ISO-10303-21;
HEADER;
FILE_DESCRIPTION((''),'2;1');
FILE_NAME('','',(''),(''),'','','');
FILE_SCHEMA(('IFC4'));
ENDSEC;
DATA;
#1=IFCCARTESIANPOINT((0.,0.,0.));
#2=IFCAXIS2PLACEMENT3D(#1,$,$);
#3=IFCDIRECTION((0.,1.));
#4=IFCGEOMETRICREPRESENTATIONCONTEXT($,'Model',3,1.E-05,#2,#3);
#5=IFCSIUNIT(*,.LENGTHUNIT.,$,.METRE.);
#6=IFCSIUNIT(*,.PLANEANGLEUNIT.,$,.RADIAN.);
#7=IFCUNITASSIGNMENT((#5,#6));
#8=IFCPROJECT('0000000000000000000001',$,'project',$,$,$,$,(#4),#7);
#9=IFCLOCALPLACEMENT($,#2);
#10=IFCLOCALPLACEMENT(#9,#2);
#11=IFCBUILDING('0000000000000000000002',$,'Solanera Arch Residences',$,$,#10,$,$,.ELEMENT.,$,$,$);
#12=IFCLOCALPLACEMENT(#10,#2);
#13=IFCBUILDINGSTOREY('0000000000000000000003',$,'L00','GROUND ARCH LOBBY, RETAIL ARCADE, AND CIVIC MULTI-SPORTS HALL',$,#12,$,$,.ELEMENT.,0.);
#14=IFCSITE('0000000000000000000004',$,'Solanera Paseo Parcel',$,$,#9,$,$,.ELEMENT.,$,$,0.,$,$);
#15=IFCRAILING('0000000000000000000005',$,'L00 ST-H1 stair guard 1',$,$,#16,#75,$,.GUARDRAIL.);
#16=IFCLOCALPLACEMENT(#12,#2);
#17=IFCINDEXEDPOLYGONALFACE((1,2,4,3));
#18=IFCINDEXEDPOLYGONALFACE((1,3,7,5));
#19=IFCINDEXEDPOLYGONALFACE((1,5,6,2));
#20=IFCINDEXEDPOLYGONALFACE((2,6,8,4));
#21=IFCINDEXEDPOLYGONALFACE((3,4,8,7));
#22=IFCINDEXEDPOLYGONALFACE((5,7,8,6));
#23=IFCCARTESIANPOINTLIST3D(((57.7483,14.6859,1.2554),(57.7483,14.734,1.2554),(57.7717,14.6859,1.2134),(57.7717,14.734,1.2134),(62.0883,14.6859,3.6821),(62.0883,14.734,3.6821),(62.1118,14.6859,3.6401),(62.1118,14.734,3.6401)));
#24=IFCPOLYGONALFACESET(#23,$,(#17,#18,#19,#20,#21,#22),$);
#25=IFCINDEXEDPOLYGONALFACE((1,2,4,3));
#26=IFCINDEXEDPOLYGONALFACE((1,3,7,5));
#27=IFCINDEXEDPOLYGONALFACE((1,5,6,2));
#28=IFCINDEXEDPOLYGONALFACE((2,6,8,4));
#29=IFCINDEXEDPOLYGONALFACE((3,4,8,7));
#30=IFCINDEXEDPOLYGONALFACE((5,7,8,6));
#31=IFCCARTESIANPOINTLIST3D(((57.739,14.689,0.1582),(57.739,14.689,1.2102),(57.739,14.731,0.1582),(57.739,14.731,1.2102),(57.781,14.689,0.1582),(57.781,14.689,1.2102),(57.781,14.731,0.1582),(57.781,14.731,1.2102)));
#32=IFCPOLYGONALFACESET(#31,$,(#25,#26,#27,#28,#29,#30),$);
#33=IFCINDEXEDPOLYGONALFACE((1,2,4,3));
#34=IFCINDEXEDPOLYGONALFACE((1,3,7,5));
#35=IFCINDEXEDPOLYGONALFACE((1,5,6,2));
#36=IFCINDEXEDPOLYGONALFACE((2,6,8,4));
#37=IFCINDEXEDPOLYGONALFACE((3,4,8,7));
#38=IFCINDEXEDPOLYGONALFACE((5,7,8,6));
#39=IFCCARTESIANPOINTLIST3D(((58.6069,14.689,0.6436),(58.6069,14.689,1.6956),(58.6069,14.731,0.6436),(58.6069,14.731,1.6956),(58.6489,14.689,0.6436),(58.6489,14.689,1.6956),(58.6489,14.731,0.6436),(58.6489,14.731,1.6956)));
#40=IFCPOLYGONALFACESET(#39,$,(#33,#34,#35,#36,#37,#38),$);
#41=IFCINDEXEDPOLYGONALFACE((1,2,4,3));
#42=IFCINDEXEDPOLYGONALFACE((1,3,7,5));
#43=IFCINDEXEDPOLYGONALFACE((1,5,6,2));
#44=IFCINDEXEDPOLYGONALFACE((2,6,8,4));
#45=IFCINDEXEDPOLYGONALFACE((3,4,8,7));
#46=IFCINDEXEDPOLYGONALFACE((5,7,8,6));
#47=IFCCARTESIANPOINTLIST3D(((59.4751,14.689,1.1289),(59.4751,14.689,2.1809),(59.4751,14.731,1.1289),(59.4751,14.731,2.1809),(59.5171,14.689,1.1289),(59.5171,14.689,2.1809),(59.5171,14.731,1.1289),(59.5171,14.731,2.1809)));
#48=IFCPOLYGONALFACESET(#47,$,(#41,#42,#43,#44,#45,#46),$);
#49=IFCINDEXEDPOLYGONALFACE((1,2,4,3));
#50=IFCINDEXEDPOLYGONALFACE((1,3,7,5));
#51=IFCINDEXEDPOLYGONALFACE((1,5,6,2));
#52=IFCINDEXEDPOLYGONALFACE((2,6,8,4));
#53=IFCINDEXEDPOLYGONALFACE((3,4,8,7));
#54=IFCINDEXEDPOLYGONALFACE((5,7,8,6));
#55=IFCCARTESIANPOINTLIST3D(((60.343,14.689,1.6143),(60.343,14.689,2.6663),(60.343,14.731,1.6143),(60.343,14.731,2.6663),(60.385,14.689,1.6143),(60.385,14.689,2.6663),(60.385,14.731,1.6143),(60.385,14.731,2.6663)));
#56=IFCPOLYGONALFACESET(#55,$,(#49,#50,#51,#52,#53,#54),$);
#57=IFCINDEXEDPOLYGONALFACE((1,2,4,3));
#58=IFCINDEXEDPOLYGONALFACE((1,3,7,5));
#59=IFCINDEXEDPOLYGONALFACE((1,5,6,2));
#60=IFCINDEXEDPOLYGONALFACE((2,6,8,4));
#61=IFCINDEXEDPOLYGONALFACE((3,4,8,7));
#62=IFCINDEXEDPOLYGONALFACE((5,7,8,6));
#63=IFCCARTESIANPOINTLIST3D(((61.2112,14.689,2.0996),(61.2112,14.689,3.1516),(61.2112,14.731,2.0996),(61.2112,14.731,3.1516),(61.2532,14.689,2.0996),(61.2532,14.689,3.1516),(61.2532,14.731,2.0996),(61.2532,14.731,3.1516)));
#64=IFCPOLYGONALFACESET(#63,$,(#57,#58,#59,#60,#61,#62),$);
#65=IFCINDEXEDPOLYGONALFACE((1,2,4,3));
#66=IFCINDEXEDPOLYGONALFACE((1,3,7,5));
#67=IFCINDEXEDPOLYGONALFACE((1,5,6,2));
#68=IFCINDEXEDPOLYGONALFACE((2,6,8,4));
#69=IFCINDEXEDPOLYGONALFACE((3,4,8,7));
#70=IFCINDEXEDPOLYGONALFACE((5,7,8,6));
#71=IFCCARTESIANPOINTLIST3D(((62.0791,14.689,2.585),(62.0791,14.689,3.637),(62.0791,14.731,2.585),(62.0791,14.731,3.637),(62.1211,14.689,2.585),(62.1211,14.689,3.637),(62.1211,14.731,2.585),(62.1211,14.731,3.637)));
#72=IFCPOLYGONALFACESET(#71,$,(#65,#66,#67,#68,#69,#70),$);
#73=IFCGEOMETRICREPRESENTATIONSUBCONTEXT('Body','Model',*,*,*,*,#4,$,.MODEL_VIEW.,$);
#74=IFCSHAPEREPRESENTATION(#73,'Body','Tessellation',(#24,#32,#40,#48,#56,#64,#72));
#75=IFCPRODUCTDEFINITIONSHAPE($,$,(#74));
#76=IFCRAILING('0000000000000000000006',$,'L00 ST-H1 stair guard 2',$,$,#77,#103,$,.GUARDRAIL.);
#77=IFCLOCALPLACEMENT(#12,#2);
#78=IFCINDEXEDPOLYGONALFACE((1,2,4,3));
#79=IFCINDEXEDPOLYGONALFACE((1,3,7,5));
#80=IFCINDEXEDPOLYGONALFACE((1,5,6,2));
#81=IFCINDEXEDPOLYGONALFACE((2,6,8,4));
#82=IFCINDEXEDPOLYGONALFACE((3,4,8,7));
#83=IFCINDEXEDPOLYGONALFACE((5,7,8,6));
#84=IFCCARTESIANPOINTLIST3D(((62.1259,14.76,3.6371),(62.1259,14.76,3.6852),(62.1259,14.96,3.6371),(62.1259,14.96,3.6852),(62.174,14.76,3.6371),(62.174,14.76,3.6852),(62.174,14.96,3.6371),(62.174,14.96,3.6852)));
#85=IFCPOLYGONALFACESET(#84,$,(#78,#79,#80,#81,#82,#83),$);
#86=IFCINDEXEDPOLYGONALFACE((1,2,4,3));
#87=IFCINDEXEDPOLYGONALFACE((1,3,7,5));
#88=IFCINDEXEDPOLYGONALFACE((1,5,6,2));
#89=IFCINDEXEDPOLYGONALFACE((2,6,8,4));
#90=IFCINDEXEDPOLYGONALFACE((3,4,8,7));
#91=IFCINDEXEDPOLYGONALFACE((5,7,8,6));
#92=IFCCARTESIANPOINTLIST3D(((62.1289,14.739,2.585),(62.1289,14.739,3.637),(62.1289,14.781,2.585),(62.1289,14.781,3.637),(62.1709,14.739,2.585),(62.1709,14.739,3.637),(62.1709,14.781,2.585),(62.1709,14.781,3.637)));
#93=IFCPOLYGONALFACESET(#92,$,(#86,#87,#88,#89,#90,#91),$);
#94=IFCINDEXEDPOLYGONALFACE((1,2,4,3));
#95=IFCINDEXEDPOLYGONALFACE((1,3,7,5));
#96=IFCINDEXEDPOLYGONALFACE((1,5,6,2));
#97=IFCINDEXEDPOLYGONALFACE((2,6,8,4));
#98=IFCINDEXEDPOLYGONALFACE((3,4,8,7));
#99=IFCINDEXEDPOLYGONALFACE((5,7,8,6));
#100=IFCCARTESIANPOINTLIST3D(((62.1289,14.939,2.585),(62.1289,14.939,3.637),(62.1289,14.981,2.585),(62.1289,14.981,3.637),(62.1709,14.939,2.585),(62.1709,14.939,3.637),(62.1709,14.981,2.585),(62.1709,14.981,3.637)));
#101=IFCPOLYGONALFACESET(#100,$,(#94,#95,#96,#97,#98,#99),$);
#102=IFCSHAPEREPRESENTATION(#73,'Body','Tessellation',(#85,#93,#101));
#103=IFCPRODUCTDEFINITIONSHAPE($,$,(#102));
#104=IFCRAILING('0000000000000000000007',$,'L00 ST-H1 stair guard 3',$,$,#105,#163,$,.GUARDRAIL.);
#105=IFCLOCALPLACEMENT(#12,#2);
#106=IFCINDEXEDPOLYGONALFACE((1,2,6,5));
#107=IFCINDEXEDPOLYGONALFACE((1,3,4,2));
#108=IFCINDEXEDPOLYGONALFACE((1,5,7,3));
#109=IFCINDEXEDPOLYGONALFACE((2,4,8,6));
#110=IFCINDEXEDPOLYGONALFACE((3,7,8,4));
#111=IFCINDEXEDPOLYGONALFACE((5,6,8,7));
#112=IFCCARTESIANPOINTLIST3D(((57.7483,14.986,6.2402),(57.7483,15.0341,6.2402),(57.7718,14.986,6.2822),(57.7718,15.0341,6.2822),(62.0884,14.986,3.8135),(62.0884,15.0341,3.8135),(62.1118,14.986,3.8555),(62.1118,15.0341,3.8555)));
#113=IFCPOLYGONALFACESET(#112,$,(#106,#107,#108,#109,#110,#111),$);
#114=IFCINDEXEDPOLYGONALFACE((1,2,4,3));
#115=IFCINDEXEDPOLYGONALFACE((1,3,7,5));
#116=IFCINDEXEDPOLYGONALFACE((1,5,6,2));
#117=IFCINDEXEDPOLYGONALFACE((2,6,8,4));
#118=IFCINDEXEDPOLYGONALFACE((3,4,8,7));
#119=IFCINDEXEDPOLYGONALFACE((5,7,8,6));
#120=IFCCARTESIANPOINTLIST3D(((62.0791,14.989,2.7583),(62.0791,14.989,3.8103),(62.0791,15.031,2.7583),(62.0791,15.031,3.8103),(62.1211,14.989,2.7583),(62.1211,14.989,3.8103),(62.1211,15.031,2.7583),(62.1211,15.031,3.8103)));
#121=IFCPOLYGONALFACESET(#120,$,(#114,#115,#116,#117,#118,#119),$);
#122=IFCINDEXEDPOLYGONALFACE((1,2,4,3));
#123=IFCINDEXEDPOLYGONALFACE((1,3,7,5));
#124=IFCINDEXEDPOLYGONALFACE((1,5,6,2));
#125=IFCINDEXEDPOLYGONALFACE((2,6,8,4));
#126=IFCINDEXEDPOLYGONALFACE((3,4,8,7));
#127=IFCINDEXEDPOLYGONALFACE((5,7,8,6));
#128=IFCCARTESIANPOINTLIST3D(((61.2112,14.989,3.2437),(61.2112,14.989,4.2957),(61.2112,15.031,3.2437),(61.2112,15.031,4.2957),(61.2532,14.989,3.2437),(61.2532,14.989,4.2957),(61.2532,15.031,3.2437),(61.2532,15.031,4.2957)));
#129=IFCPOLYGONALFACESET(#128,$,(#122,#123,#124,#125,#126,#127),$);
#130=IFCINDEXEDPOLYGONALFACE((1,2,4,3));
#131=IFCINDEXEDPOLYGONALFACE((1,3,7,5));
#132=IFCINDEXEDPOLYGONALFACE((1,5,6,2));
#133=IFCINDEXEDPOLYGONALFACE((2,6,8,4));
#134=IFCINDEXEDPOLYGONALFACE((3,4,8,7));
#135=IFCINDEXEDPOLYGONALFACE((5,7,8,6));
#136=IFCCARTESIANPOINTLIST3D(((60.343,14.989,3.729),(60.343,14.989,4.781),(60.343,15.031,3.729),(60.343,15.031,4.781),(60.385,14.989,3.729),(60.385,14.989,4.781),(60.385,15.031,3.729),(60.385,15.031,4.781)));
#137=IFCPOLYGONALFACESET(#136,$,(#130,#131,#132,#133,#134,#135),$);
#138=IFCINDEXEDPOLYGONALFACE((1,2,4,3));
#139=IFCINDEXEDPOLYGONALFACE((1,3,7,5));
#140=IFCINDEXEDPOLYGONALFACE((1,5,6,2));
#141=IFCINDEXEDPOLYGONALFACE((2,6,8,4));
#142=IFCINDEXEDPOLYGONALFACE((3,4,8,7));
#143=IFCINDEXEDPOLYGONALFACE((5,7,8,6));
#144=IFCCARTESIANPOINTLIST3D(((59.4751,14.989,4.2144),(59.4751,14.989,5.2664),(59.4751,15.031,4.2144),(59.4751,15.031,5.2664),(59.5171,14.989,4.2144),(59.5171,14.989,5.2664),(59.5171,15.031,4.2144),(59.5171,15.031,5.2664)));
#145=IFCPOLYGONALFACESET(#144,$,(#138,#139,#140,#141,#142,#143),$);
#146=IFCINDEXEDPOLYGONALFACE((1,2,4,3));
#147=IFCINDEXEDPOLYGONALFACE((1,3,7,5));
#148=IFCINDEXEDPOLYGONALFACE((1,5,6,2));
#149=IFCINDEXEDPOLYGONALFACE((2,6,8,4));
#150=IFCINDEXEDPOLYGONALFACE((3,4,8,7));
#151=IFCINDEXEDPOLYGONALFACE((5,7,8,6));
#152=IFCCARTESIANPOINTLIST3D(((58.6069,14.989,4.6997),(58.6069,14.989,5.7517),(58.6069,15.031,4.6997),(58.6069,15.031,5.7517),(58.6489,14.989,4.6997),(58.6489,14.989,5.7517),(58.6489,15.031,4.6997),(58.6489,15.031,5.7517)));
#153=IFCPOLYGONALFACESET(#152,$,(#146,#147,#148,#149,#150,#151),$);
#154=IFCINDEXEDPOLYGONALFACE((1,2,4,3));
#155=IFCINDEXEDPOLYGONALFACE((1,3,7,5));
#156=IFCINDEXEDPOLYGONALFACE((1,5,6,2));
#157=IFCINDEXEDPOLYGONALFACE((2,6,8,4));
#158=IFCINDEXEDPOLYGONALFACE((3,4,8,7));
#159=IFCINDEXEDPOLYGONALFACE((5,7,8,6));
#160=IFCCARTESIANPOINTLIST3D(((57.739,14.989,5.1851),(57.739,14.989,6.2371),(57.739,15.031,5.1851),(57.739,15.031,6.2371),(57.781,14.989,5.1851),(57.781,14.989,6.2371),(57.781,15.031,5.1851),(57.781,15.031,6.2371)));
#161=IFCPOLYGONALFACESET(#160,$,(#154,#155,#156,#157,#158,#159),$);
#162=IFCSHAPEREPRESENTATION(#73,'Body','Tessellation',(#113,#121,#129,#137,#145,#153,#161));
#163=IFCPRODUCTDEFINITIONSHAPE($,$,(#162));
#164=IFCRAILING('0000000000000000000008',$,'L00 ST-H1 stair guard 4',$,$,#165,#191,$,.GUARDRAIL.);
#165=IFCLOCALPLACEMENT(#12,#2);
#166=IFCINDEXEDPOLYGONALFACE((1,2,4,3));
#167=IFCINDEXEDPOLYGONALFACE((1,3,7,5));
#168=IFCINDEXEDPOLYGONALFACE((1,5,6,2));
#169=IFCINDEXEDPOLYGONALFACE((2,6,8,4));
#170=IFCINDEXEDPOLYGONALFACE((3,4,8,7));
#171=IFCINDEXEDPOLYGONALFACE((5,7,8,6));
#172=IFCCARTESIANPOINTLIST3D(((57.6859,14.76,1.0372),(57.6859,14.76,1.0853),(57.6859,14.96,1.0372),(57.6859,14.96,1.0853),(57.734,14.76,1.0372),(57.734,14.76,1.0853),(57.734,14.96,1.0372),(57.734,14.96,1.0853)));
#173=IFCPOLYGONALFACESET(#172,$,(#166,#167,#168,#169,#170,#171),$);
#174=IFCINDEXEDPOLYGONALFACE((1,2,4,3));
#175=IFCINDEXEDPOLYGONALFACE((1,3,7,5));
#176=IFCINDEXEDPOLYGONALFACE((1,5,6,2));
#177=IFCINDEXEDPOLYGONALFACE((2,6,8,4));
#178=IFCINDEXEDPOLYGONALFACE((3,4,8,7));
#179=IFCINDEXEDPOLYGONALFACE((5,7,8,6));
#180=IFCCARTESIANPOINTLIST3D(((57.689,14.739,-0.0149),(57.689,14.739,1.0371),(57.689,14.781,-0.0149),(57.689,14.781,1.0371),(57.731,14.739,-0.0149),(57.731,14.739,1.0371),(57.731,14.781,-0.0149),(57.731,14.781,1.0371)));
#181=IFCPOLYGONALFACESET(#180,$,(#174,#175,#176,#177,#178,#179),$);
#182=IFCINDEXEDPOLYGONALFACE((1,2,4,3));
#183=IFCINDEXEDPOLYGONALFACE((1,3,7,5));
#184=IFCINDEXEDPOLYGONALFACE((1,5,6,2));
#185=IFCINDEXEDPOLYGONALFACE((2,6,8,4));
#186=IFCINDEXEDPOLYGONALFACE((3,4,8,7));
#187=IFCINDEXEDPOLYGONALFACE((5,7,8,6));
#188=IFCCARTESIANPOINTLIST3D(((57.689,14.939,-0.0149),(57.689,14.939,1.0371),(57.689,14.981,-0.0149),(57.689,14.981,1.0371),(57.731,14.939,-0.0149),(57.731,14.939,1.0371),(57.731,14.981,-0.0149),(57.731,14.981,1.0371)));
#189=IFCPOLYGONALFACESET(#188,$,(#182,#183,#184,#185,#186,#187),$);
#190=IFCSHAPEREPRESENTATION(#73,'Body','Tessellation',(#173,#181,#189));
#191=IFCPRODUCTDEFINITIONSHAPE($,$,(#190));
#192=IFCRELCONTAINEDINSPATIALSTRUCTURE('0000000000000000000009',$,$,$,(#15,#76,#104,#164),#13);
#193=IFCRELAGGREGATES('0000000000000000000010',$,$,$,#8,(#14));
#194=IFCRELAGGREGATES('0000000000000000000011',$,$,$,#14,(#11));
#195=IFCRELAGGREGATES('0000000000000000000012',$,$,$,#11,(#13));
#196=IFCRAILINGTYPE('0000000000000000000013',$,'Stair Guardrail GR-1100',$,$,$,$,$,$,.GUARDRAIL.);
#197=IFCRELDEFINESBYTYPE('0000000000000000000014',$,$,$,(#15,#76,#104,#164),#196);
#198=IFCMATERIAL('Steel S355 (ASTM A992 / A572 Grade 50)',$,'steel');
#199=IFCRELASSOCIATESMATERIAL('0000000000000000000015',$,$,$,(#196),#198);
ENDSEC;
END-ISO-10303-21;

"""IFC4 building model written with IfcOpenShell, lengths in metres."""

from ifc_helpers import new_model, si_unit, direction, frame, origin, origin_2d, place, context, subcontext, project, spatial, rectangle, extrude, material, type_object, element, save


model = new_model("IFC4")

# Units and contexts
model_context = context("Model", 3, precision=1e-05, world=origin(), true_north=direction((0.0, 1.0)))
body_context = subcontext(model_context, "Body", "Model", "MODEL_VIEW")
ifc_project = project(units=[si_unit("LENGTHUNIT", "METRE"), si_unit("PLANEANGLEUNIT", "RADIAN")], contexts=[model_context])

# Site, building, storey
site_placement = place(None, origin())
site = spatial("IfcSite", under=ifc_project, at=site_placement, Name="Solanera Paseo Parcel", CompositionType="ELEMENT", RefElevation=0.0)
building_placement = place(site_placement, origin())
building = spatial("IfcBuilding", under=site, at=building_placement, Name="Solanera Arch Residences", CompositionType="ELEMENT")
storey_placement = place(building_placement, origin())
storey = spatial("IfcBuildingStorey", under=building, at=storey_placement, Name="L00", Description="GROUND ARCH LOBBY, RETAIL ARCADE, AND CIVIC MULTI-SPORTS HALL", CompositionType="ELEMENT", Elevation=0.0)

# Railings
ifc_material_1 = material(Name="Steel S355 (ASTM A992 / A572 Grade 50)", Category="steel")
railing_type_1 = type_object("IfcRailingType", Name="Stair Guardrail GR-1100", PredefinedType="GUARDRAIL", material=ifc_material_1)
railing_1_placement = place(storey_placement, frame((57.76, 14.71, 0.1582)))
element("IfcRailing", 1, at=railing_1_placement, inside=storey, type_object=railing_type_1, Name="L00 ST-H1 stair guard 1", PredefinedType="GUARDRAIL", context=body_context, shape_type="SweptSolid", body=[
    extrude(rectangle(XDim=0.0481, YDim=0.0481, at=origin_2d()), frame((0.0, 0.0, 1.0762), z_axis=(0.872822, 0.0, 0.488038), x_axis=(0.0, 1.0, 0.0)), (0.0, 0.0, 1.0), 4.9724),
    extrude(rectangle(XDim=0.042, YDim=0.042, at=origin_2d()), origin(), (0.0, 0.0, 1.0), 1.052),
    extrude(rectangle(XDim=0.042, YDim=0.042, at=origin_2d()), frame((0.8679, 0.0, 0.4854)), (0.0, 0.0, 1.0), 1.052),
    extrude(rectangle(XDim=0.042, YDim=0.042, at=origin_2d()), frame((1.7361, 0.0, 0.9707)), (0.0, 0.0, 1.0), 1.052),
    extrude(rectangle(XDim=0.042, YDim=0.042, at=origin_2d()), frame((2.604, 0.0, 1.4561)), (0.0, 0.0, 1.0), 1.052),
    extrude(rectangle(XDim=0.042, YDim=0.042, at=origin_2d()), frame((3.4722, 0.0, 1.9414)), (0.0, 0.0, 1.0), 1.052),
    extrude(rectangle(XDim=0.042, YDim=0.042, at=origin_2d()), frame((4.3401, 0.0, 2.4268)), (0.0, 0.0, 1.0), 1.052),
])
railing_2_placement = place(storey_placement, frame((62.1499, 14.76, 2.585)))
element("IfcRailing", 2, at=railing_2_placement, inside=storey, type_object=railing_type_1, Name="L00 ST-H1 stair guard 2", PredefinedType="GUARDRAIL", context=body_context, shape_type="SweptSolid", body=[
    extrude(rectangle(XDim=0.0481, YDim=0.0481, at=origin_2d()), frame((0.0, 0.0, 1.0762), z_axis=(0.0, 1.0, 0.0), x_axis=(-1.0, 0.0, 0.0)), (0.0, 0.0, 1.0), 0.2),
    extrude(rectangle(XDim=0.042, YDim=0.042, at=origin_2d()), origin(), (0.0, 0.0, 1.0), 1.052),
    extrude(rectangle(XDim=0.042, YDim=0.042, at=origin_2d()), frame((0.0, 0.2, 0.0)), (0.0, 0.0, 1.0), 1.052),
])
railing_3_placement = place(storey_placement, frame((62.1001, 15.01, 2.7583)))
element("IfcRailing", 3, at=railing_3_placement, inside=storey, type_object=railing_type_1, Name="L00 ST-H1 stair guard 3", PredefinedType="GUARDRAIL", context=body_context, shape_type="SweptSolid", body=[
    extrude(rectangle(XDim=0.0481, YDim=0.0481, at=origin_2d()), frame((0.0, 0.0, 1.0762), z_axis=(-0.872822, 0.0, 0.488038), x_axis=(0.0, -1.0, 0.0)), (0.0, 0.0, 1.0), 4.9724),
    extrude(rectangle(XDim=0.042, YDim=0.042, at=origin_2d()), origin(), (0.0, 0.0, 1.0), 1.052),
    extrude(rectangle(XDim=0.042, YDim=0.042, at=origin_2d()), frame((-0.8679, 0.0, 0.4854)), (0.0, 0.0, 1.0), 1.052),
    extrude(rectangle(XDim=0.042, YDim=0.042, at=origin_2d()), frame((-1.7361, 0.0, 0.9707)), (0.0, 0.0, 1.0), 1.052),
    extrude(rectangle(XDim=0.042, YDim=0.042, at=origin_2d()), frame((-2.604, 0.0, 1.4561)), (0.0, 0.0, 1.0), 1.052),
    extrude(rectangle(XDim=0.042, YDim=0.042, at=origin_2d()), frame((-3.4722, 0.0, 1.9414)), (0.0, 0.0, 1.0), 1.052),
    extrude(rectangle(XDim=0.042, YDim=0.042, at=origin_2d()), frame((-4.3401, 0.0, 2.4268)), (0.0, 0.0, 1.0), 1.052),
])
railing_4_placement = place(storey_placement, frame((57.71, 14.76, -0.0149)))
element("IfcRailing", 4, at=railing_4_placement, inside=storey, type_object=railing_type_1, Name="L00 ST-H1 stair guard 4", PredefinedType="GUARDRAIL", context=body_context, shape_type="SweptSolid", body=[
    extrude(rectangle(XDim=0.0481, YDim=0.0481, at=origin_2d()), frame((0.0, 0.0, 1.0762), z_axis=(0.0, 1.0, 0.0), x_axis=(-1.0, 0.0, 0.0)), (0.0, 0.0, 1.0), 0.2),
    extrude(rectangle(XDim=0.042, YDim=0.042, at=origin_2d()), origin(), (0.0, 0.0, 1.0), 1.052),
    extrude(rectangle(XDim=0.042, YDim=0.042, at=origin_2d()), frame((0.0, 0.2, 0.0)), (0.0, 0.0, 1.0), 1.052),
])

save(model, "model.ifc")
